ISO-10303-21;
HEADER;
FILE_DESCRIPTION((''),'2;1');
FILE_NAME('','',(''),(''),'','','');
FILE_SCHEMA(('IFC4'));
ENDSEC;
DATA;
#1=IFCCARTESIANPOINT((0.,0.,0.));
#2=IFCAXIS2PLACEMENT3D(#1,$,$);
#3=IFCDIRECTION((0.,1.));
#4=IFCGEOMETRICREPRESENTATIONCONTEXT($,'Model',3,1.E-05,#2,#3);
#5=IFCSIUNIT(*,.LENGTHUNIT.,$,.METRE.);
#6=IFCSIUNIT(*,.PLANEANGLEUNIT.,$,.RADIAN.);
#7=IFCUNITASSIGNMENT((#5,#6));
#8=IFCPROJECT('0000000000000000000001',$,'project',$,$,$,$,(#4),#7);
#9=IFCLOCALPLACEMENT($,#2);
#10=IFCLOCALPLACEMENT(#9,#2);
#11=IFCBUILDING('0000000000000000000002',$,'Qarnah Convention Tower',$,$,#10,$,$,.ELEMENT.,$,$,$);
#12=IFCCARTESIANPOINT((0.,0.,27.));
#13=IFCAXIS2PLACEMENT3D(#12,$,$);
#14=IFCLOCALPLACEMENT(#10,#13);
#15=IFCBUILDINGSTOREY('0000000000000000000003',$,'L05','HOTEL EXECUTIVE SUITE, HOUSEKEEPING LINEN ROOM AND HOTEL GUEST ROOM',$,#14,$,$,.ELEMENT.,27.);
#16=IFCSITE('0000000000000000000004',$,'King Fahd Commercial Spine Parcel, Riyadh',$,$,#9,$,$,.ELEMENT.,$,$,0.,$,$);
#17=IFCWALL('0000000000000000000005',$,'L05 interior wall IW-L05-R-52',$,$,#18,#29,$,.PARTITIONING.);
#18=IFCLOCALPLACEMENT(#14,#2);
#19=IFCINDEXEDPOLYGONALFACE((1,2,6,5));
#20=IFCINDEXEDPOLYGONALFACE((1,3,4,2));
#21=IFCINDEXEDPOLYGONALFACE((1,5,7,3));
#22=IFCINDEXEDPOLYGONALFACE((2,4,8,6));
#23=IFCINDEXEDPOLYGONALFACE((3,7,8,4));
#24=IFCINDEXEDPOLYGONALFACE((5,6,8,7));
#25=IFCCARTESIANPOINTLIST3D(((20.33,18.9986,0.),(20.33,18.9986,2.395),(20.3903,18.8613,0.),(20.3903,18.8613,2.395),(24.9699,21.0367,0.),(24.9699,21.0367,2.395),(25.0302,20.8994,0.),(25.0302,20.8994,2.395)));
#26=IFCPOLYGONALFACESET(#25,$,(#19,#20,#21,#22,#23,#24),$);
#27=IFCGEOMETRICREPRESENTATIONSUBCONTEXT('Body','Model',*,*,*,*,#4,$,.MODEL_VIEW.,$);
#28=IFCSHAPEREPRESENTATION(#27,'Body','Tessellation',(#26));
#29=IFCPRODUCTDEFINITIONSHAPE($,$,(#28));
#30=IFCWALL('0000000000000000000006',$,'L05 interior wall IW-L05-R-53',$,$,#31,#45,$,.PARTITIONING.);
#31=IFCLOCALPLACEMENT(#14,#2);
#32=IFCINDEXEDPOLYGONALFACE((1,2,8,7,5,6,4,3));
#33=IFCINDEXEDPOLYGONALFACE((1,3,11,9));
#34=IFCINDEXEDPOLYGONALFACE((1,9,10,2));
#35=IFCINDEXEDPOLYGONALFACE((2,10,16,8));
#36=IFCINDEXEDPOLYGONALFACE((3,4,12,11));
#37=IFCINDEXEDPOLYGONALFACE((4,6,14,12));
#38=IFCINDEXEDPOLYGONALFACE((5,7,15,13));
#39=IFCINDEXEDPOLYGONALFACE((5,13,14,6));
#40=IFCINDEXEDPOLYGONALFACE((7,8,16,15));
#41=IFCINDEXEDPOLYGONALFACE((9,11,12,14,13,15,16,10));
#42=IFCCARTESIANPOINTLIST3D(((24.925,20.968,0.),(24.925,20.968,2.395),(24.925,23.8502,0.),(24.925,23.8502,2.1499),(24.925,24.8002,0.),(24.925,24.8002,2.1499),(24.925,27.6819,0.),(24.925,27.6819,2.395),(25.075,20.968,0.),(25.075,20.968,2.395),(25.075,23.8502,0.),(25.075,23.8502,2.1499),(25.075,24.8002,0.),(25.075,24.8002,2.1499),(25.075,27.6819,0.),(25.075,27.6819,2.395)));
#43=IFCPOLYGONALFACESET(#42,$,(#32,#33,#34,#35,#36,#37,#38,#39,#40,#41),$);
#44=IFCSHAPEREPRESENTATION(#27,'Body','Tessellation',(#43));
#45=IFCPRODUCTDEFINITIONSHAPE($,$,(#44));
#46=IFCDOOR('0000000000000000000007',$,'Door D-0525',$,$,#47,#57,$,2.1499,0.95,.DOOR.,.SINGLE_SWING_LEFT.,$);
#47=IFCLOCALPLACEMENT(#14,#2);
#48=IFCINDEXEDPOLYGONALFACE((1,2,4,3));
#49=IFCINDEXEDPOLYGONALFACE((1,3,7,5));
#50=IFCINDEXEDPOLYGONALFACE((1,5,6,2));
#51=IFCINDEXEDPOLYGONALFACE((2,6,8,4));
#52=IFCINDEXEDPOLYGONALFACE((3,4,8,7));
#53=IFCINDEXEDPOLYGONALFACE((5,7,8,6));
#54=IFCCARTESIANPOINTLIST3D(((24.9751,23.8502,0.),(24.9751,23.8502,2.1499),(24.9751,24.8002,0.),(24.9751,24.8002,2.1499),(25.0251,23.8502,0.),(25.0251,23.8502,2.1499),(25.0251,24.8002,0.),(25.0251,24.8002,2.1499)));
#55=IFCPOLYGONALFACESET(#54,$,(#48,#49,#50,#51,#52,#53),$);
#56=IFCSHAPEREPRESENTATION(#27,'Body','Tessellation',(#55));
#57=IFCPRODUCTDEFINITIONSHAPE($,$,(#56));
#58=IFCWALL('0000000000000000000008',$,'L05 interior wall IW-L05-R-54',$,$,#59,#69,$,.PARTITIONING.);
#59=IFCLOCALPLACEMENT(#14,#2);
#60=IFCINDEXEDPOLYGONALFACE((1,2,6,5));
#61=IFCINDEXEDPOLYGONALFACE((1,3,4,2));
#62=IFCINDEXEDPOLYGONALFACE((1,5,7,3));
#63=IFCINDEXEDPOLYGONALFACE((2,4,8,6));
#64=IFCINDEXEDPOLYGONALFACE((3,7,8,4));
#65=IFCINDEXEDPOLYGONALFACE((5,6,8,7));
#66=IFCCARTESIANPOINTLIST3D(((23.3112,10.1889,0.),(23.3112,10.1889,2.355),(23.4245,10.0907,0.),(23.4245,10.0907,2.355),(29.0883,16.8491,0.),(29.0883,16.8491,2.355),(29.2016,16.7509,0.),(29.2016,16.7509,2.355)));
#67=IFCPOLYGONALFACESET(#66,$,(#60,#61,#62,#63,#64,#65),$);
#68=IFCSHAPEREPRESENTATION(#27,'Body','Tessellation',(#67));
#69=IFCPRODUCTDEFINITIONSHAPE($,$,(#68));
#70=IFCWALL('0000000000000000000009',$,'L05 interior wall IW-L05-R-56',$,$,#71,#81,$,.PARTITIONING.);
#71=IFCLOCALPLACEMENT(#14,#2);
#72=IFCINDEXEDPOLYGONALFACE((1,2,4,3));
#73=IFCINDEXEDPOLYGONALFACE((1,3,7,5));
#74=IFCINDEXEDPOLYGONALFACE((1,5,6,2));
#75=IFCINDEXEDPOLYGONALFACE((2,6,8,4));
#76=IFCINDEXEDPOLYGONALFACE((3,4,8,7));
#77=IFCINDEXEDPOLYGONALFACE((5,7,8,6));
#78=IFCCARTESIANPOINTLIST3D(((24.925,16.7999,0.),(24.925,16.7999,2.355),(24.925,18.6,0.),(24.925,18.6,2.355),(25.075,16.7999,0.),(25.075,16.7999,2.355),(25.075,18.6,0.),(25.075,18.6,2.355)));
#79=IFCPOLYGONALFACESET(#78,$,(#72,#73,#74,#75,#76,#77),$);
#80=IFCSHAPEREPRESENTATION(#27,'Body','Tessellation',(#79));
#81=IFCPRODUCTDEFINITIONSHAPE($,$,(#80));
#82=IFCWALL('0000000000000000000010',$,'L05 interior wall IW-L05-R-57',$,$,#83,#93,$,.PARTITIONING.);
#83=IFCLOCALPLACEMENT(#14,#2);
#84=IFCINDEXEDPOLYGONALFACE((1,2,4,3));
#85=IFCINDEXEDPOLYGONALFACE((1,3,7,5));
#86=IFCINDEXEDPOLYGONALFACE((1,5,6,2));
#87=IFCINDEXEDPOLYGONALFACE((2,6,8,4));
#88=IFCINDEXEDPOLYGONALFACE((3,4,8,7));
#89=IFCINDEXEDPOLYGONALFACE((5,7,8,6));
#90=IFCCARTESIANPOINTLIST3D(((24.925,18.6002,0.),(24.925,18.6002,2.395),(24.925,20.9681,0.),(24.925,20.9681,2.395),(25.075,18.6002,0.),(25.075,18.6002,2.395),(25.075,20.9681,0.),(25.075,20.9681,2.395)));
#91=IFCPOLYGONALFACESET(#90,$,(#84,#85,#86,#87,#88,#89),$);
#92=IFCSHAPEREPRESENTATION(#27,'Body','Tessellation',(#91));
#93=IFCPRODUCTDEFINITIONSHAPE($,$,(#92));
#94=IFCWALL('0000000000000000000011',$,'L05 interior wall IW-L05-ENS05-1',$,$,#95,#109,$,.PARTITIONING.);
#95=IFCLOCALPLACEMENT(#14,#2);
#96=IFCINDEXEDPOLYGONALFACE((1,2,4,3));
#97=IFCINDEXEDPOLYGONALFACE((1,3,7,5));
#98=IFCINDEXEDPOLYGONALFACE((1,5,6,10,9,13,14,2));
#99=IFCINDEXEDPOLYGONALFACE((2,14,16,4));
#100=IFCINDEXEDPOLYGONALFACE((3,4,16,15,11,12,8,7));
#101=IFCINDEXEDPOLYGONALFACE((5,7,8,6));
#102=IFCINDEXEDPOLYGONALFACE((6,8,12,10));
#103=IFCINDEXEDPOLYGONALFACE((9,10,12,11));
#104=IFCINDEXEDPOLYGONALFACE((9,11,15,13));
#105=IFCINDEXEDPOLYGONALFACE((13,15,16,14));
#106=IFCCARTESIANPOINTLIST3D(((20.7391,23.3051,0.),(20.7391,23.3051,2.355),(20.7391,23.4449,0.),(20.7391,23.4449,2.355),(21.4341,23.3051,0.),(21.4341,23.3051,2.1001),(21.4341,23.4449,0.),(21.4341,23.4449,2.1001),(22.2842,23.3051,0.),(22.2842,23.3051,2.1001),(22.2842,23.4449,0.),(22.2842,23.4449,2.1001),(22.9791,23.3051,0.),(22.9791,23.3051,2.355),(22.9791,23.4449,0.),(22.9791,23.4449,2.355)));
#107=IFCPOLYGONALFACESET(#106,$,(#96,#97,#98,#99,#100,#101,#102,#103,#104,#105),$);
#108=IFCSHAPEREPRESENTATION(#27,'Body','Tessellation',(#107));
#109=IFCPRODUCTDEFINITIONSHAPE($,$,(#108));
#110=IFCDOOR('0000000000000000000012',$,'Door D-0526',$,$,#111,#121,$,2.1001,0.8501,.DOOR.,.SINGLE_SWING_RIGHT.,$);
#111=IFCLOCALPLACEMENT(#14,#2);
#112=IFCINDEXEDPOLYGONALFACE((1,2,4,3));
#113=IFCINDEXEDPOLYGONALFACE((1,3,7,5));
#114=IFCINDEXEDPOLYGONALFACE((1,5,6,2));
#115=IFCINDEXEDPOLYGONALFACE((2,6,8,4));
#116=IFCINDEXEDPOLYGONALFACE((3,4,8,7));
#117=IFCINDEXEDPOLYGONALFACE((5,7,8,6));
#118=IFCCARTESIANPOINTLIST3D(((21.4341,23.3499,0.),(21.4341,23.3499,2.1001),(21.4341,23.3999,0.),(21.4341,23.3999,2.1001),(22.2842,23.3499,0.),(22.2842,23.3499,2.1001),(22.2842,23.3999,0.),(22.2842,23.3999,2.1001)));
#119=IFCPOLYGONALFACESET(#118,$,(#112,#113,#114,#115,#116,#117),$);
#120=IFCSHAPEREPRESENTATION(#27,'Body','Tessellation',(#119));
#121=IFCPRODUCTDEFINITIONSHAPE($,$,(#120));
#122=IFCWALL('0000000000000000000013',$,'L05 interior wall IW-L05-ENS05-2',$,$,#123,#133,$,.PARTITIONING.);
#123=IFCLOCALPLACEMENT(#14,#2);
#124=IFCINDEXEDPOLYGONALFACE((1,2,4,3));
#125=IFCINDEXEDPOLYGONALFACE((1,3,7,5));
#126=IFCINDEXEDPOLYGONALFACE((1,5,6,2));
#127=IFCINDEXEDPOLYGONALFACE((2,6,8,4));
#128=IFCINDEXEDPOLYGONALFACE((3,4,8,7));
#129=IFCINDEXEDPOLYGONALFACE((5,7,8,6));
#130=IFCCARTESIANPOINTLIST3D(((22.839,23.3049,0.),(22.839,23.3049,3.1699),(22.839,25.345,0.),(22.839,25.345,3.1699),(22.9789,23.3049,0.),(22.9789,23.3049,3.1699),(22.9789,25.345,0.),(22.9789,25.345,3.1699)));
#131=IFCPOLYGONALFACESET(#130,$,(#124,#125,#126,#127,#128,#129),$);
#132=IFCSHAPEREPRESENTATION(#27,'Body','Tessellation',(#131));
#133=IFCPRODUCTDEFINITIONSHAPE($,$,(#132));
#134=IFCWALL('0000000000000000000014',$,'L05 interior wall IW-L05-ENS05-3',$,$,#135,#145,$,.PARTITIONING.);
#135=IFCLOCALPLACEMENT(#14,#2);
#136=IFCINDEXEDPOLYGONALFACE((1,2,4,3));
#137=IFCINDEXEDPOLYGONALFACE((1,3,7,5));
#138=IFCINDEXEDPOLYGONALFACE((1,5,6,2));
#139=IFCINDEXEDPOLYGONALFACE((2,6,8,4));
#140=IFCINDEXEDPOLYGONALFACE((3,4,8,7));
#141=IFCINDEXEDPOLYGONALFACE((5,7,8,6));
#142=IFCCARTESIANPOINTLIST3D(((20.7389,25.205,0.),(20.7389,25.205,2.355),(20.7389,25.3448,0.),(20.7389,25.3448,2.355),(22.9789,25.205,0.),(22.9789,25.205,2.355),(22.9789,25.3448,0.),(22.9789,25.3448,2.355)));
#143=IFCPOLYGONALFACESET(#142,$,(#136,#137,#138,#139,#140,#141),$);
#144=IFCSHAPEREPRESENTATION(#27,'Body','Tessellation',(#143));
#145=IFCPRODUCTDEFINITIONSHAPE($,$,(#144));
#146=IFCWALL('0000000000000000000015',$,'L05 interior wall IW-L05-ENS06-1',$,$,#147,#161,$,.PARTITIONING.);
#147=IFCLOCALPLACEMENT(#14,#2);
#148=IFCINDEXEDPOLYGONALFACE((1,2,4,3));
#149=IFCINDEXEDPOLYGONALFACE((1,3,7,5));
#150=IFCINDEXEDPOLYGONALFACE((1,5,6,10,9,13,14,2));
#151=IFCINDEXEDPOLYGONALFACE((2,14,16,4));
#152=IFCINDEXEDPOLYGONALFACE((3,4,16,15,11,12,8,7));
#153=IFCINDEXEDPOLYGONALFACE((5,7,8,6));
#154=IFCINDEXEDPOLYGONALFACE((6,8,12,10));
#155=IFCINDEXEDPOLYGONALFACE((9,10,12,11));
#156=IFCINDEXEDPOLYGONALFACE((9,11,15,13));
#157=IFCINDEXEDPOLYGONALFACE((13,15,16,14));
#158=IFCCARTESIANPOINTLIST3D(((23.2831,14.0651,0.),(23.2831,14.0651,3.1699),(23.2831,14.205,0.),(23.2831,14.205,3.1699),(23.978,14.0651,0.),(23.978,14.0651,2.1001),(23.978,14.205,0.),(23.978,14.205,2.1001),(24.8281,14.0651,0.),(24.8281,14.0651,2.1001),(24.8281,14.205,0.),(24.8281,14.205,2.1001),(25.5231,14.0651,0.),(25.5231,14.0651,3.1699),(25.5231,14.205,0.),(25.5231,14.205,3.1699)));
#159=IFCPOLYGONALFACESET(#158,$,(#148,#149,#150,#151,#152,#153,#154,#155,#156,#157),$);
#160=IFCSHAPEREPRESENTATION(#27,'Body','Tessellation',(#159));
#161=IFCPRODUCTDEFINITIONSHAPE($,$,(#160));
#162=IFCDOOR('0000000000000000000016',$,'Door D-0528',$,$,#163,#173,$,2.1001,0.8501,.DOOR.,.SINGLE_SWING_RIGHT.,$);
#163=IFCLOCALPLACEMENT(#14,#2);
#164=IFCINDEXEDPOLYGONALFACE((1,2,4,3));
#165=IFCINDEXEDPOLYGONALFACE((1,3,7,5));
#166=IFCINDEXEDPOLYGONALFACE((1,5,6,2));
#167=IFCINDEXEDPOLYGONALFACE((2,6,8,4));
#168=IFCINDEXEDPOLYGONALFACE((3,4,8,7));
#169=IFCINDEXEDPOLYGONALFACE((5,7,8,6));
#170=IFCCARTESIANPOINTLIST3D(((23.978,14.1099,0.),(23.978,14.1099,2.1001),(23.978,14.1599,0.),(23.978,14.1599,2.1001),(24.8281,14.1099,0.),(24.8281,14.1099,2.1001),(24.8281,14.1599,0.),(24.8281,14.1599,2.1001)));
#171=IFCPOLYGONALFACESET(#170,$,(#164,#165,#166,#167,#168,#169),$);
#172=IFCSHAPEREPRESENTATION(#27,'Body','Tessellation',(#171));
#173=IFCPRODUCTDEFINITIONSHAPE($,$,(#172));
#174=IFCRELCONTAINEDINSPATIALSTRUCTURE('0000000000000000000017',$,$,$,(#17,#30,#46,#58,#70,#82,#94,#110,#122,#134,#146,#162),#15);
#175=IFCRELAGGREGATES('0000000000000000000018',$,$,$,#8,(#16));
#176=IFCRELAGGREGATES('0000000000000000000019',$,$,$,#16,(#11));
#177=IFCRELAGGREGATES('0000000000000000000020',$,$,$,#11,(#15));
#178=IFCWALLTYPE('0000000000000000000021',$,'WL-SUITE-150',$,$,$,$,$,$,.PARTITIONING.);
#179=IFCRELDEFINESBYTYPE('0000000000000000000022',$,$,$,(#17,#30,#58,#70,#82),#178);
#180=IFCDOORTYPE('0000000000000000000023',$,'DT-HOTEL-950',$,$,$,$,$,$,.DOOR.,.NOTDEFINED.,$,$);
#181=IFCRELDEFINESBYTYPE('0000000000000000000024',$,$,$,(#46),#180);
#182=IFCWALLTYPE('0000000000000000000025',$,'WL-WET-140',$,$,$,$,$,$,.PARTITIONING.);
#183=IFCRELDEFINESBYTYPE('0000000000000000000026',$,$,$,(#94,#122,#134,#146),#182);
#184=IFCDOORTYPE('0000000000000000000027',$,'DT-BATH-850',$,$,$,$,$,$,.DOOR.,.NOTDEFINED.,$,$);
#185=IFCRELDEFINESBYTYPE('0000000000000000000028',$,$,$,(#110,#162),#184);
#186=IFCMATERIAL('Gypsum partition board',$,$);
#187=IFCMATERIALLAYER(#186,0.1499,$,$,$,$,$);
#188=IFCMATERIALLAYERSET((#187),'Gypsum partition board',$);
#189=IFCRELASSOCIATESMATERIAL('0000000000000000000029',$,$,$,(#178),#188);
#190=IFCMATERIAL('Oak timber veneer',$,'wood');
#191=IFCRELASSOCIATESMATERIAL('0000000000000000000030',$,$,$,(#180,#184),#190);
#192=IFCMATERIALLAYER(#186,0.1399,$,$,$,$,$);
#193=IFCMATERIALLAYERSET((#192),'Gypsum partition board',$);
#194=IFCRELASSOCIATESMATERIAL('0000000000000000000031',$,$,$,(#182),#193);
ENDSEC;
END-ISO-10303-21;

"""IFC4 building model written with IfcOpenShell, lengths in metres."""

from ifc_helpers import new_model, si_unit, direction, frame, frame_2d, origin, place, context, subcontext, project, spatial, rectangle, extrude, material, layer, layer_set, type_object, element, fill, save


model = new_model("IFC4")

# Units and contexts
model_context = context("Model", 3, precision=1e-05, world=origin(), true_north=direction((0.0, 1.0)))
body_context = subcontext(model_context, "Body", "Model", "MODEL_VIEW")
ifc_project = project(units=[si_unit("LENGTHUNIT", "METRE"), si_unit("PLANEANGLEUNIT", "RADIAN")], contexts=[model_context])

# Site, building, storey
site_placement = place(None, origin())
site = spatial("IfcSite", under=ifc_project, at=site_placement, Name="King Fahd Commercial Spine Parcel, Riyadh", CompositionType="ELEMENT", RefElevation=0.0)
building_placement = place(site_placement, origin())
building = spatial("IfcBuilding", under=site, at=building_placement, Name="Qarnah Convention Tower", CompositionType="ELEMENT")
storey_placement = place(building_placement, frame((0.0, 0.0, 27.0)))
storey = spatial("IfcBuildingStorey", under=building, at=storey_placement, Name="L05", Description="HOTEL EXECUTIVE SUITE, HOUSEKEEPING LINEN ROOM AND HOTEL GUEST ROOM", CompositionType="ELEMENT", Elevation=27.0)

# Wall
ifc_material_1 = material(Name="Gypsum partition board")
ifc_layer_1 = layer(ifc_material_1, 0.1499)
ifc_layer_set_1 = layer_set([ifc_layer_1], Name="Gypsum partition board")
wall_type_1 = type_object("IfcWallType", Name="WL-SUITE-150", PredefinedType="PARTITIONING", material=ifc_layer_set_1)
wall_1_placement = place(storey_placement, frame((20.3601, 18.9299, 0.0), z_axis=(0.0, 0.0, 1.0), x_axis=(0.915567, 0.402165, 0.0)))
element("IfcWall", 1, at=wall_1_placement, inside=storey, type_object=wall_type_1, Name="L05 interior wall IW-L05-R-52", PredefinedType="PARTITIONING", context=body_context, shape_type="SweptSolid", body=[
    extrude(rectangle(XDim=5.0679, YDim=0.1499, at=frame_2d((2.5339, 0.0))), origin(), (0.0, 0.0, 1.0), 2.395),
])

# Wall, opening, door
wall_2_placement = place(storey_placement, frame((25.0, 20.968, 0.0), z_axis=(0.0, 0.0, 1.0), x_axis=(0.0, 1.0, 0.0)))
wall_2 = element("IfcWall", 2, at=wall_2_placement, inside=storey, type_object=wall_type_1, Name="L05 interior wall IW-L05-R-53", PredefinedType="PARTITIONING", context=body_context, shape_type="SweptSolid", body=[
    extrude(rectangle(XDim=6.7139, YDim=0.1499, at=frame_2d((3.3569, 0.0))), origin(), (0.0, 0.0, 1.0), 2.395),
])
opening_1_placement = place(wall_2_placement, frame((2.8821, 0.0, 0.0)))
opening_1 = element("IfcOpeningElement", 3, at=opening_1_placement, cuts=wall_2, PredefinedType="OPENING", context=body_context, shape_type="SweptSolid", body=[
    extrude(rectangle(XDim=0.95, YDim=2.1499, at=frame_2d((0.4751, 1.075))), frame((0.0, 0.085, 0.0), z_axis=(0.0, -1.0, 0.0), x_axis=(1.0, 0.0, 0.0)), (0.0, 0.0, 1.0), 0.1699),
])
ifc_material_2 = material(Name="Oak timber veneer", Category="wood")
door_type_1 = type_object("IfcDoorType", Name="DT-HOTEL-950", OperationType="NOTDEFINED", PredefinedType="DOOR", material=ifc_material_2)
door_1_placement = place(opening_1_placement, origin())
door_1 = element("IfcDoor", 4, at=door_1_placement, inside=storey, type_object=door_type_1, Name="Door D-0525", OperationType="SINGLE_SWING_LEFT", OverallHeight=2.1499, OverallWidth=0.95, PredefinedType="DOOR", context=body_context, shape_type="SweptSolid", body=[
    extrude(rectangle(XDim=0.95, YDim=2.1499, at=frame_2d((0.4751, 1.075))), frame((0.0, 0.0249, 0.0), z_axis=(0.0, -1.0, 0.0), x_axis=(1.0, 0.0, 0.0)), (0.0, 0.0, 1.0), 0.05),
])
fill(opening_1, door_1)

# Walls
wall_3_placement = place(storey_placement, frame((23.3679, 10.1399, 0.0), z_axis=(0.0, 0.0, 1.0), x_axis=(0.655252, 0.75541, 0.0)))
element("IfcWall", 5, at=wall_3_placement, inside=storey, type_object=wall_type_1, Name="L05 interior wall IW-L05-R-54", PredefinedType="PARTITIONING", context=body_context, shape_type="SweptSolid", body=[
    extrude(rectangle(XDim=8.8167, YDim=0.1499, at=frame_2d((4.4082, 0.0))), origin(), (0.0, 0.0, 1.0), 2.355),
])
wall_4_placement = place(storey_placement, frame((25.0, 16.8, 0.0), z_axis=(0.0, 0.0, 1.0), x_axis=(0.0, 1.0, 0.0)))
element("IfcWall", 6, at=wall_4_placement, inside=storey, type_object=wall_type_1, Name="L05 interior wall IW-L05-R-56", PredefinedType="PARTITIONING", context=body_context, shape_type="SweptSolid", body=[
    extrude(rectangle(XDim=1.8, YDim=0.1499, at=frame_2d((0.8999, 0.0))), origin(), (0.0, 0.0, 1.0), 2.355),
])
wall_5_placement = place(storey_placement, frame((25.0, 18.6001, 0.0), z_axis=(0.0, 0.0, 1.0), x_axis=(0.0, 1.0, 0.0)))
element("IfcWall", 7, at=wall_5_placement, inside=storey, type_object=wall_type_1, Name="L05 interior wall IW-L05-R-57", PredefinedType="PARTITIONING", context=body_context, shape_type="SweptSolid", body=[
    extrude(rectangle(XDim=2.3679, YDim=0.1499, at=frame_2d((1.1841, 0.0))), origin(), (0.0, 0.0, 1.0), 2.395),
])

# Wall, opening, door
ifc_layer_2 = layer(ifc_material_1, 0.1399)
ifc_layer_set_2 = layer_set([ifc_layer_2], Name="Gypsum partition board")
wall_type_2 = type_object("IfcWallType", Name="WL-WET-140", PredefinedType="PARTITIONING", material=ifc_layer_set_2)
wall_6_placement = place(storey_placement, frame((20.739, 23.375, 0.0), z_axis=(0.0, 0.0, 1.0), x_axis=(1.0, 0.0, 0.0)))
wall_6 = element("IfcWall", 8, at=wall_6_placement, inside=storey, type_object=wall_type_2, Name="L05 interior wall IW-L05-ENS05-1", PredefinedType="PARTITIONING", context=body_context, shape_type="SweptSolid", body=[
    extrude(rectangle(XDim=2.24, YDim=0.1399, at=frame_2d((1.1201, 0.0))), origin(), (0.0, 0.0, 1.0), 2.355),
])
opening_2_placement = place(wall_6_placement, frame((0.6951, 0.0, 0.0)))
opening_2 = element("IfcOpeningElement", 9, at=opening_2_placement, cuts=wall_6, PredefinedType="OPENING", context=body_context, shape_type="SweptSolid", body=[
    extrude(rectangle(XDim=0.8501, YDim=2.1001, at=frame_2d((0.425, 1.05))), frame((0.0, 0.0798, 0.0), z_axis=(0.0, -1.0, 0.0), x_axis=(1.0, 0.0, 0.0)), (0.0, 0.0, 1.0), 0.1599),
])
door_type_2 = type_object("IfcDoorType", Name="DT-BATH-850", OperationType="NOTDEFINED", PredefinedType="DOOR", material=ifc_material_2)
door_2_placement = place(opening_2_placement, origin())
door_2 = element("IfcDoor", 10, at=door_2_placement, inside=storey, type_object=door_type_2, Name="Door D-0526", OperationType="SINGLE_SWING_RIGHT", OverallHeight=2.1001, OverallWidth=0.8501, PredefinedType="DOOR", context=body_context, shape_type="SweptSolid", body=[
    extrude(rectangle(XDim=0.8501, YDim=2.1001, at=frame_2d((0.425, 1.05))), frame((0.0, 0.0249, 0.0), z_axis=(0.0, -1.0, 0.0), x_axis=(1.0, 0.0, 0.0)), (0.0, 0.0, 1.0), 0.05),
])
fill(opening_2, door_2)

# Walls
wall_7_placement = place(storey_placement, frame((22.9089, 23.3049, 0.0), z_axis=(0.0, 0.0, 1.0), x_axis=(0.0, 1.0, 0.0)))
element("IfcWall", 11, at=wall_7_placement, inside=storey, type_object=wall_type_2, Name="L05 interior wall IW-L05-ENS05-2", PredefinedType="PARTITIONING", context=body_context, shape_type="SweptSolid", body=[
    extrude(rectangle(XDim=2.04, YDim=0.1399, at=frame_2d((1.02, 0.0))), origin(), (0.0, 0.0, 1.0), 3.1699),
])
wall_8_placement = place(storey_placement, frame((22.979, 25.2749, 0.0), z_axis=(0.0, 0.0, 1.0), x_axis=(-1.0, 0.0, 0.0)))
element("IfcWall", 12, at=wall_8_placement, inside=storey, type_object=wall_type_2, Name="L05 interior wall IW-L05-ENS05-3", PredefinedType="PARTITIONING", context=body_context, shape_type="SweptSolid", body=[
    extrude(rectangle(XDim=2.24, YDim=0.1399, at=frame_2d((1.1201, 0.0))), origin(), (0.0, 0.0, 1.0), 2.355),
])

# Wall, opening, door
wall_9_placement = place(storey_placement, frame((23.283, 14.135, 0.0), z_axis=(0.0, 0.0, 1.0), x_axis=(1.0, 0.0, 0.0)))
wall_9 = element("IfcWall", 13, at=wall_9_placement, inside=storey, type_object=wall_type_2, Name="L05 interior wall IW-L05-ENS06-1", PredefinedType="PARTITIONING", context=body_context, shape_type="SweptSolid", body=[
    extrude(rectangle(XDim=2.24, YDim=0.1399, at=frame_2d((1.1201, 0.0))), origin(), (0.0, 0.0, 1.0), 3.1699),
])
opening_3_placement = place(wall_9_placement, frame((0.6951, 0.0, 0.0)))
opening_3 = element("IfcOpeningElement", 14, at=opening_3_placement, cuts=wall_9, PredefinedType="OPENING", context=body_context, shape_type="SweptSolid", body=[
    extrude(rectangle(XDim=0.8501, YDim=2.1001, at=frame_2d((0.425, 1.05))), frame((0.0, 0.0798, 0.0), z_axis=(0.0, -1.0, 0.0), x_axis=(1.0, 0.0, 0.0)), (0.0, 0.0, 1.0), 0.1599),
])
door_3_placement = place(opening_3_placement, origin())
door_3 = element("IfcDoor", 15, at=door_3_placement, inside=storey, type_object=door_type_2, Name="Door D-0528", OperationType="SINGLE_SWING_RIGHT", OverallHeight=2.1001, OverallWidth=0.8501, PredefinedType="DOOR", context=body_context, shape_type="SweptSolid", body=[
    extrude(rectangle(XDim=0.8501, YDim=2.1001, at=frame_2d((0.425, 1.05))), frame((0.0, 0.0249, 0.0), z_axis=(0.0, -1.0, 0.0), x_axis=(1.0, 0.0, 0.0)), (0.0, 0.0, 1.0), 0.05),
])
fill(opening_3, door_3)

save(model, "model.ifc")
